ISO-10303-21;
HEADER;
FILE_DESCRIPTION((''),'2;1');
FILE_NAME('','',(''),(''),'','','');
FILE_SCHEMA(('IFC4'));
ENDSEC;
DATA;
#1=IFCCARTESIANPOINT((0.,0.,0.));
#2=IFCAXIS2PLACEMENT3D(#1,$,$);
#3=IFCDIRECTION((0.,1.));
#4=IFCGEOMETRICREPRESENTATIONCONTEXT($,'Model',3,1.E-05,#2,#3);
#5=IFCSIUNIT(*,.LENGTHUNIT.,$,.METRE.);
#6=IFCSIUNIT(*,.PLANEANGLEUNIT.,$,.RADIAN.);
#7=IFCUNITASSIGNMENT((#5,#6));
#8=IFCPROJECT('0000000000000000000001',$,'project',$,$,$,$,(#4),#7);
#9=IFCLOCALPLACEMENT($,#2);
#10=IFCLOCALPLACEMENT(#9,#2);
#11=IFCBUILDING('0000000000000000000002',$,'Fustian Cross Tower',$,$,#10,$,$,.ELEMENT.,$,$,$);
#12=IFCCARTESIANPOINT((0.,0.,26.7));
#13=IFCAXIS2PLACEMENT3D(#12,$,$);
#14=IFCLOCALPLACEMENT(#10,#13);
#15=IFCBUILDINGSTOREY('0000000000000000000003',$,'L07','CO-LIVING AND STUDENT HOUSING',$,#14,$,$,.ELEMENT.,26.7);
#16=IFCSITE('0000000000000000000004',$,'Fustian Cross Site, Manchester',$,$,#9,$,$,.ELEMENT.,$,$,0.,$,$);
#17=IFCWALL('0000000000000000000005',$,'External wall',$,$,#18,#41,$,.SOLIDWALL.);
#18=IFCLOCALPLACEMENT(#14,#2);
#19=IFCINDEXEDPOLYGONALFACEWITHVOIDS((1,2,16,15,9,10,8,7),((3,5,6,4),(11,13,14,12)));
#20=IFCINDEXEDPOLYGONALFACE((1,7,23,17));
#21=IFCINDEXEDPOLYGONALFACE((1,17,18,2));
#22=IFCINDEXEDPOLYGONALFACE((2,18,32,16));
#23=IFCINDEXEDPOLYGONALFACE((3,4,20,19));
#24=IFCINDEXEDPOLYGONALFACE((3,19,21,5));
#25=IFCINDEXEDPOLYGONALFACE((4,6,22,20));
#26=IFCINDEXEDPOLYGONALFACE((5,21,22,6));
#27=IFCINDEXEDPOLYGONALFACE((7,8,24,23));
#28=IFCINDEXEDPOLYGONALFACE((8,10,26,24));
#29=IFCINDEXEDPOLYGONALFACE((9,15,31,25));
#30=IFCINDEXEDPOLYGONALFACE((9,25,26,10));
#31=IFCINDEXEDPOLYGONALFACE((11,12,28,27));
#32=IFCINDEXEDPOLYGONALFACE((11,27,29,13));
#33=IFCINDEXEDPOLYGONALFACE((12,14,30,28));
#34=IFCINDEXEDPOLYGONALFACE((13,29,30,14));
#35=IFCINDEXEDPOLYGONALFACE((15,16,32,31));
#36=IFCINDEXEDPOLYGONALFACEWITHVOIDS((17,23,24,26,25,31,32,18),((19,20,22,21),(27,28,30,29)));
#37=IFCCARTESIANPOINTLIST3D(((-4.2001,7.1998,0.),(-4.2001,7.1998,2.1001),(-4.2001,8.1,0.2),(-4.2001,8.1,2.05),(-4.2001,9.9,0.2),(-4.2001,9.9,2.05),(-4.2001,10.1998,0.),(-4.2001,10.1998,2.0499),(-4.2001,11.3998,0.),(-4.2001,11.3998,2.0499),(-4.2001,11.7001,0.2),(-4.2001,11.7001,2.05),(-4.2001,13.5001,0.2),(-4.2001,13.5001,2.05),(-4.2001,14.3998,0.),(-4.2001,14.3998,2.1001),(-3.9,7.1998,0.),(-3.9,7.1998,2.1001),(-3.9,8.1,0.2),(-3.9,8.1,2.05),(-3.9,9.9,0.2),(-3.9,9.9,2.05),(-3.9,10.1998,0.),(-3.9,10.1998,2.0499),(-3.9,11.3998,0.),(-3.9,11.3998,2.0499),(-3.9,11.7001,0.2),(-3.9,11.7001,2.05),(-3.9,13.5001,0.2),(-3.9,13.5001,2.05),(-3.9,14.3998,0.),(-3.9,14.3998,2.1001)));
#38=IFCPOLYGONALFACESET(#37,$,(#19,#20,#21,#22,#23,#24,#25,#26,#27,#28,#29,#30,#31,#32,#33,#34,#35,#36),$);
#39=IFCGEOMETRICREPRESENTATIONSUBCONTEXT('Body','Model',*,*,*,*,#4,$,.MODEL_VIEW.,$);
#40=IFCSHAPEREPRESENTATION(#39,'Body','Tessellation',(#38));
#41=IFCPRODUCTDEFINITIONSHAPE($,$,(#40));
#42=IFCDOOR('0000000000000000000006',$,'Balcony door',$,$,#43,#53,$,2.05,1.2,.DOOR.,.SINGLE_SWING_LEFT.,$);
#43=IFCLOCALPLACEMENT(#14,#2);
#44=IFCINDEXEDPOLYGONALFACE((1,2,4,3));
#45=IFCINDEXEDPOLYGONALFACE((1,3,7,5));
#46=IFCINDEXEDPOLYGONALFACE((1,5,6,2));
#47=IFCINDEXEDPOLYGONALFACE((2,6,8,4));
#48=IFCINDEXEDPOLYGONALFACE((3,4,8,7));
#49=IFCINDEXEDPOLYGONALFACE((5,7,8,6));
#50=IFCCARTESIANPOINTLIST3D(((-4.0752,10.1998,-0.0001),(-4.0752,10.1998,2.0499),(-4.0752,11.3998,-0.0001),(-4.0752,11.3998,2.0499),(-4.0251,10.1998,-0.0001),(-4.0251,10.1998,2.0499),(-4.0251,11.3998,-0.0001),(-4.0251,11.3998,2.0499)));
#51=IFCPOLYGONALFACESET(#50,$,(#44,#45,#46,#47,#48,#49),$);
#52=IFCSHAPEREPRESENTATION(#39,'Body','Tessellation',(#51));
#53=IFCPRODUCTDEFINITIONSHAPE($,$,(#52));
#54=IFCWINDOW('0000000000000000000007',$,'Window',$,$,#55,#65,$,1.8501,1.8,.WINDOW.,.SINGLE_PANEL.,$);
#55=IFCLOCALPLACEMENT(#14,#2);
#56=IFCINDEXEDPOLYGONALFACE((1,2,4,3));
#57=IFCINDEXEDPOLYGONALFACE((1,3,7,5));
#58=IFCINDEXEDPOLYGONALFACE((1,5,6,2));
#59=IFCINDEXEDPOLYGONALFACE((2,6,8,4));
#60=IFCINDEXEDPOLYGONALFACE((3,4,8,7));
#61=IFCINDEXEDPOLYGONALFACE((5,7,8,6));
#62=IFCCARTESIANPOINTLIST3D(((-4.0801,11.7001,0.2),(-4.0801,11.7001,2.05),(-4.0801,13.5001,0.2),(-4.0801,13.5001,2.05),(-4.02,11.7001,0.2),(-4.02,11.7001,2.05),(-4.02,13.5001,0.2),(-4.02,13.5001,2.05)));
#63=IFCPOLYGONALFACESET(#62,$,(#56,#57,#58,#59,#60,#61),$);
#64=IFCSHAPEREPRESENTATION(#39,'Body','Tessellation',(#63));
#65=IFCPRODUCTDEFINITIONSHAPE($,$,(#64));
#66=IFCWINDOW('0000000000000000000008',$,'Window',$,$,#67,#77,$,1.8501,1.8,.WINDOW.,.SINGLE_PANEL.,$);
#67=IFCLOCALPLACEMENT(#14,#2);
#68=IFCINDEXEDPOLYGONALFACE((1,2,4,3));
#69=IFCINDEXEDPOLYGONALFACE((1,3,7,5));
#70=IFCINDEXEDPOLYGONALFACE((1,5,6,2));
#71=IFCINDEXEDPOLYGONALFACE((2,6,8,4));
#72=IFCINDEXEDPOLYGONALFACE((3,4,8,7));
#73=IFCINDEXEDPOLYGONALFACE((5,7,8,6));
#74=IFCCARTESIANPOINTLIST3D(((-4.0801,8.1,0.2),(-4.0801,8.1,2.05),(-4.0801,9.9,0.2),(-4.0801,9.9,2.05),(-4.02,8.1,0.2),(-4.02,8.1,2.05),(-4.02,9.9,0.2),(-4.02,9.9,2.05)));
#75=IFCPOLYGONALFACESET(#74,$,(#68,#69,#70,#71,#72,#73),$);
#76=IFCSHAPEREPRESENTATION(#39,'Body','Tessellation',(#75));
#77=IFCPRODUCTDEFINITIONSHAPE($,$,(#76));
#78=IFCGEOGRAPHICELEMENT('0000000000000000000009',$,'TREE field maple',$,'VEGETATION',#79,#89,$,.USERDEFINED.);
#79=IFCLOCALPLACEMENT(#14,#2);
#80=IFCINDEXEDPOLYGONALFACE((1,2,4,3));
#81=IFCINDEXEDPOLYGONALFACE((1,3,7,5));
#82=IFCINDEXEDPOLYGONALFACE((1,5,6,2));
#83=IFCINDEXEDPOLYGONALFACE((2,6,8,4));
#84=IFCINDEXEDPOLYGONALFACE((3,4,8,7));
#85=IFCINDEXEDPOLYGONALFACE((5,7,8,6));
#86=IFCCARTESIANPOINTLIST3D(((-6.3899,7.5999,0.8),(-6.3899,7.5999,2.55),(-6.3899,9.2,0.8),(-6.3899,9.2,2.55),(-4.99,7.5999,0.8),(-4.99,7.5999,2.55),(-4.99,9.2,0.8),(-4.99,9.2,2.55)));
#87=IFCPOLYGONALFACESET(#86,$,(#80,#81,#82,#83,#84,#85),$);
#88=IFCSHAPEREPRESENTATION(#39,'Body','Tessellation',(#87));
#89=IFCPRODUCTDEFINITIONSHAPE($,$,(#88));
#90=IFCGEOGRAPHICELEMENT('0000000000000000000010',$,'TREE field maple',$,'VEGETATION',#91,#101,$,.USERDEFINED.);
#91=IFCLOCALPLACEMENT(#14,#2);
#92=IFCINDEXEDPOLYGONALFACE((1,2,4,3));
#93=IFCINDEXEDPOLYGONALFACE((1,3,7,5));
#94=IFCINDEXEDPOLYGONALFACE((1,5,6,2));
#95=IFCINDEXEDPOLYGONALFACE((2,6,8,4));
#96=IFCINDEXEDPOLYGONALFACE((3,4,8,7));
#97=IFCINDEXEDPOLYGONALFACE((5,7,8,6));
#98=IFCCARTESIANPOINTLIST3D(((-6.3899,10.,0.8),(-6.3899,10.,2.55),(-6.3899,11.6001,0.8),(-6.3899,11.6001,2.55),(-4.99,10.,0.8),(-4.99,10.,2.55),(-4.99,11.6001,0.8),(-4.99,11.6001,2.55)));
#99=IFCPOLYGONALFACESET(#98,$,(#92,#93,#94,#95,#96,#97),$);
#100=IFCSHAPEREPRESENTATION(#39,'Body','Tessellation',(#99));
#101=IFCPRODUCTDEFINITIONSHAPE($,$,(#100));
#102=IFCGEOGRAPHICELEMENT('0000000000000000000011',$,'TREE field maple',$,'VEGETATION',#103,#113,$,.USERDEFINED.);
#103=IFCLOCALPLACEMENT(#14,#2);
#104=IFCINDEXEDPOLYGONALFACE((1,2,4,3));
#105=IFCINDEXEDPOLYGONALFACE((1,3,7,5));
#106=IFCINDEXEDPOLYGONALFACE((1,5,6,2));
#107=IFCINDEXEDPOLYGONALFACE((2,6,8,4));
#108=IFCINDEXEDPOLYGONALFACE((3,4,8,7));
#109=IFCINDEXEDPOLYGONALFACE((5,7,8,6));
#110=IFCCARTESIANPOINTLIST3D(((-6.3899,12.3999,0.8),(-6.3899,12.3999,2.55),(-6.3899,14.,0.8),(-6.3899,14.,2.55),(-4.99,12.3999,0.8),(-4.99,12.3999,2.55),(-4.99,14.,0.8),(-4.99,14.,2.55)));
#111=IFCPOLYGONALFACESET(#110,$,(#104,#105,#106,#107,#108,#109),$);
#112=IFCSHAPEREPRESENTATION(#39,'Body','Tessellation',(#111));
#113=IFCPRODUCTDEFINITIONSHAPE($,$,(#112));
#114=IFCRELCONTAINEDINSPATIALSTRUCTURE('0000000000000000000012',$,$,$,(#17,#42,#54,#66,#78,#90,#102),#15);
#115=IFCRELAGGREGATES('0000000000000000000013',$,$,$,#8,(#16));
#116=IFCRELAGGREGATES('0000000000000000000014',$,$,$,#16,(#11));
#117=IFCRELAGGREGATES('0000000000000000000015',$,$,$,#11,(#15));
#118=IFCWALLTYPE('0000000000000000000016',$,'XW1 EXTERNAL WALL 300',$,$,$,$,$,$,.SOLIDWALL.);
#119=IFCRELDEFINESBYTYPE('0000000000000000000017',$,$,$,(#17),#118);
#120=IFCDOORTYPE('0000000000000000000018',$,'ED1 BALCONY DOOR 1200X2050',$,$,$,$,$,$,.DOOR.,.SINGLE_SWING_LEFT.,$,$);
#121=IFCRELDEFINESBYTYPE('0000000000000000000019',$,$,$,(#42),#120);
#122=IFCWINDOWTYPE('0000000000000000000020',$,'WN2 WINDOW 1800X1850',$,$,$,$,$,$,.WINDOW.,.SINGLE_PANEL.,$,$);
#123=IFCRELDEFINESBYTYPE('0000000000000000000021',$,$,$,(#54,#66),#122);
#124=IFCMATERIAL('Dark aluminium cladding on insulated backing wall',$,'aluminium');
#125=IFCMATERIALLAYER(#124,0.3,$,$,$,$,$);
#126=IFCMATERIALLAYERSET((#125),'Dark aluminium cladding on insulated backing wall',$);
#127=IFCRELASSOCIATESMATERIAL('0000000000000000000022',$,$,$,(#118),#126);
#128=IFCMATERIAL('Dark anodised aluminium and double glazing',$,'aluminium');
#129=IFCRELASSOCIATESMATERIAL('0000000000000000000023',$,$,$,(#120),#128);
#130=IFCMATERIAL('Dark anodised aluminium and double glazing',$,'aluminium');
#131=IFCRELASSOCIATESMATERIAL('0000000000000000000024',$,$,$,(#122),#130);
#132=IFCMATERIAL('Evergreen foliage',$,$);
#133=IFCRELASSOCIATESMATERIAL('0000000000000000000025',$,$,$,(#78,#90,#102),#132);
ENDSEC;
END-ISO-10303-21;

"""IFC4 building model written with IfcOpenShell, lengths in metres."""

from ifc_helpers import new_model, si_unit, direction, frame, frame_2d, origin, origin_2d, place, context, subcontext, project, spatial, rectangle, extrude, material, layer, layer_set, type_object, element, fill, save


model = new_model("IFC4")

# Units and contexts
model_context = context("Model", 3, precision=1e-05, world=origin(), true_north=direction((0.0, 1.0)))
body_context = subcontext(model_context, "Body", "Model", "MODEL_VIEW")
ifc_project = project(units=[si_unit("LENGTHUNIT", "METRE"), si_unit("PLANEANGLEUNIT", "RADIAN")], contexts=[model_context])

# Site, building, storey
site_placement = place(None, origin())
site = spatial("IfcSite", under=ifc_project, at=site_placement, Name="Fustian Cross Site, Manchester", CompositionType="ELEMENT", RefElevation=0.0)
building_placement = place(site_placement, origin())
building = spatial("IfcBuilding", under=site, at=building_placement, Name="Fustian Cross Tower", CompositionType="ELEMENT")
storey_placement = place(building_placement, frame((0.0, 0.0, 26.7)))
storey = spatial("IfcBuildingStorey", under=building, at=storey_placement, Name="L07", Description="CO-LIVING AND STUDENT HOUSING", CompositionType="ELEMENT", Elevation=26.7)

# Shared definitions
ifc_material_1 = material(Name="Dark aluminium cladding on insulated backing wall", Category="aluminium")
ifc_layer_1 = layer(ifc_material_1, 0.3)
ifc_layer_set_1 = layer_set([ifc_layer_1], Name="Dark aluminium cladding on insulated backing wall")
wall_type_1 = type_object("IfcWallType", Name="XW1 EXTERNAL WALL 300", PredefinedType="SOLIDWALL", material=ifc_layer_set_1)

# Wall, openings, door, windows
wall_1_placement = place(storey_placement, frame((-4.05, 14.3999, 0.0), z_axis=(0.0, 0.0, 1.0), x_axis=(0.0, -1.0, 0.0)))
wall_1 = element("IfcWall", 1, at=wall_1_placement, inside=storey, type_object=wall_type_1, Name="External wall", PredefinedType="SOLIDWALL", context=body_context, shape_type="SweptSolid", body=[
    extrude(rectangle(XDim=7.2, YDim=0.3, at=frame_2d((3.6001, 0.0))), origin(), (0.0, 0.0, 1.0), 2.1001),
])
opening_1_placement = place(wall_1_placement, frame((3.0, 0.0, 0.0)))
opening_1 = element("IfcOpeningElement", 2, at=opening_1_placement, cuts=wall_1, PredefinedType="OPENING", context=body_context, shape_type="SweptSolid", body=[
    extrude(rectangle(XDim=1.2, YDim=2.05, at=frame_2d((0.6001, 1.0249))), frame((0.0, 0.1599, 0.0), z_axis=(0.0, -1.0, 0.0), x_axis=(1.0, 0.0, 0.0)), (0.0, 0.0, 1.0), 0.3201),
])
opening_2_placement = place(wall_1_placement, frame((0.8999, 0.0, 0.2)))
opening_2 = element("IfcOpeningElement", 3, at=opening_2_placement, cuts=wall_1, PredefinedType="OPENING", context=body_context, shape_type="SweptSolid", body=[
    extrude(rectangle(XDim=1.8, YDim=1.8501, at=frame_2d((0.8999, 0.925))), frame((0.0, 0.1599, 0.0), z_axis=(0.0, -1.0, 0.0), x_axis=(1.0, 0.0, 0.0)), (0.0, 0.0, 1.0), 0.3201),
])
opening_3_placement = place(wall_1_placement, frame((4.5, 0.0, 0.2)))
opening_3 = element("IfcOpeningElement", 4, at=opening_3_placement, cuts=wall_1, PredefinedType="OPENING", context=body_context, shape_type="SweptSolid", body=[
    extrude(rectangle(XDim=1.8, YDim=1.8501, at=frame_2d((0.8999, 0.925))), frame((0.0, 0.1599, 0.0), z_axis=(0.0, -1.0, 0.0), x_axis=(1.0, 0.0, 0.0)), (0.0, 0.0, 1.0), 0.3201),
])
ifc_material_2 = material(Name="Dark anodised aluminium and double glazing", Category="aluminium")
door_type = type_object("IfcDoorType", Name="ED1 BALCONY DOOR 1200X2050", OperationType="SINGLE_SWING_LEFT", PredefinedType="DOOR", material=ifc_material_2)
door_placement = place(opening_1_placement, origin())
door = element("IfcDoor", 5, at=door_placement, inside=storey, type_object=door_type, Name="Balcony door", OperationType="SINGLE_SWING_LEFT", OverallHeight=2.05, OverallWidth=1.2, PredefinedType="DOOR", context=body_context, shape_type="SweptSolid", body=[
    extrude(rectangle(XDim=1.2, YDim=2.05, at=frame_2d((0.6001, 1.0249))), frame((0.0, 0.0249, 0.0), z_axis=(0.0, -1.0, 0.0), x_axis=(1.0, 0.0, 0.0)), (0.0, 0.0, 1.0), 0.05),
])
fill(opening_1, door)
ifc_material_3 = material(Name="Dark anodised aluminium and double glazing", Category="aluminium")
window_type = type_object("IfcWindowType", Name="WN2 WINDOW 1800X1850", PartitioningType="SINGLE_PANEL", PredefinedType="WINDOW", material=ifc_material_3)
window_1_placement = place(opening_2_placement, origin())
window_1 = element("IfcWindow", 6, at=window_1_placement, inside=storey, type_object=window_type, Name="Window", OverallHeight=1.8501, OverallWidth=1.8, PartitioningType="SINGLE_PANEL", PredefinedType="WINDOW", context=body_context, shape_type="SweptSolid", body=[
    extrude(rectangle(XDim=1.8, YDim=1.8501, at=frame_2d((0.8999, 0.925))), frame((0.0, 0.03, 0.0), z_axis=(0.0, -1.0, 0.0), x_axis=(1.0, 0.0, 0.0)), (0.0, 0.0, 1.0), 0.0601),
])
fill(opening_2, window_1)
window_2_placement = place(opening_3_placement, origin())
window_2 = element("IfcWindow", 7, at=window_2_placement, inside=storey, type_object=window_type, Name="Window", OverallHeight=1.8501, OverallWidth=1.8, PartitioningType="SINGLE_PANEL", PredefinedType="WINDOW", context=body_context, shape_type="SweptSolid", body=[
    extrude(rectangle(XDim=1.8, YDim=1.8501, at=frame_2d((0.8999, 0.925))), frame((0.0, 0.03, 0.0), z_axis=(0.0, -1.0, 0.0), x_axis=(1.0, 0.0, 0.0)), (0.0, 0.0, 1.0), 0.0601),
])
fill(opening_3, window_2)

# Geographic elements
ifc_material_4 = material(Name="Evergreen foliage")
for number, where, z_axis, x_axis, name in (
    (8, (-5.6899, 8.3999, 0.8), (0.0, 0.0, 1.0), (1.0, 0.0, 0.0), "TREE field maple"),
    (9, (-5.6899, 10.8, 0.8), (0.0, 0.0, 1.0), (1.0, 0.0, 0.0), "TREE field maple"),
    (10, (-5.6899, 13.2, 0.8), (0.0, 0.0, 1.0), (1.0, 0.0, 0.0), "TREE field maple"),
):
    element("IfcGeographicElement", number, at=place(storey_placement, frame(where, z_axis=z_axis, x_axis=x_axis)), inside=storey, material=ifc_material_4, Name=name, ObjectType="VEGETATION", PredefinedType="USERDEFINED", context=body_context, shape_type="SweptSolid", body=[
        extrude(rectangle(XDim=1.3999, YDim=1.6001, at=origin_2d()), origin(), (0.0, 0.0, 1.0), 1.75),
    ])

save(model, "model.ifc")
